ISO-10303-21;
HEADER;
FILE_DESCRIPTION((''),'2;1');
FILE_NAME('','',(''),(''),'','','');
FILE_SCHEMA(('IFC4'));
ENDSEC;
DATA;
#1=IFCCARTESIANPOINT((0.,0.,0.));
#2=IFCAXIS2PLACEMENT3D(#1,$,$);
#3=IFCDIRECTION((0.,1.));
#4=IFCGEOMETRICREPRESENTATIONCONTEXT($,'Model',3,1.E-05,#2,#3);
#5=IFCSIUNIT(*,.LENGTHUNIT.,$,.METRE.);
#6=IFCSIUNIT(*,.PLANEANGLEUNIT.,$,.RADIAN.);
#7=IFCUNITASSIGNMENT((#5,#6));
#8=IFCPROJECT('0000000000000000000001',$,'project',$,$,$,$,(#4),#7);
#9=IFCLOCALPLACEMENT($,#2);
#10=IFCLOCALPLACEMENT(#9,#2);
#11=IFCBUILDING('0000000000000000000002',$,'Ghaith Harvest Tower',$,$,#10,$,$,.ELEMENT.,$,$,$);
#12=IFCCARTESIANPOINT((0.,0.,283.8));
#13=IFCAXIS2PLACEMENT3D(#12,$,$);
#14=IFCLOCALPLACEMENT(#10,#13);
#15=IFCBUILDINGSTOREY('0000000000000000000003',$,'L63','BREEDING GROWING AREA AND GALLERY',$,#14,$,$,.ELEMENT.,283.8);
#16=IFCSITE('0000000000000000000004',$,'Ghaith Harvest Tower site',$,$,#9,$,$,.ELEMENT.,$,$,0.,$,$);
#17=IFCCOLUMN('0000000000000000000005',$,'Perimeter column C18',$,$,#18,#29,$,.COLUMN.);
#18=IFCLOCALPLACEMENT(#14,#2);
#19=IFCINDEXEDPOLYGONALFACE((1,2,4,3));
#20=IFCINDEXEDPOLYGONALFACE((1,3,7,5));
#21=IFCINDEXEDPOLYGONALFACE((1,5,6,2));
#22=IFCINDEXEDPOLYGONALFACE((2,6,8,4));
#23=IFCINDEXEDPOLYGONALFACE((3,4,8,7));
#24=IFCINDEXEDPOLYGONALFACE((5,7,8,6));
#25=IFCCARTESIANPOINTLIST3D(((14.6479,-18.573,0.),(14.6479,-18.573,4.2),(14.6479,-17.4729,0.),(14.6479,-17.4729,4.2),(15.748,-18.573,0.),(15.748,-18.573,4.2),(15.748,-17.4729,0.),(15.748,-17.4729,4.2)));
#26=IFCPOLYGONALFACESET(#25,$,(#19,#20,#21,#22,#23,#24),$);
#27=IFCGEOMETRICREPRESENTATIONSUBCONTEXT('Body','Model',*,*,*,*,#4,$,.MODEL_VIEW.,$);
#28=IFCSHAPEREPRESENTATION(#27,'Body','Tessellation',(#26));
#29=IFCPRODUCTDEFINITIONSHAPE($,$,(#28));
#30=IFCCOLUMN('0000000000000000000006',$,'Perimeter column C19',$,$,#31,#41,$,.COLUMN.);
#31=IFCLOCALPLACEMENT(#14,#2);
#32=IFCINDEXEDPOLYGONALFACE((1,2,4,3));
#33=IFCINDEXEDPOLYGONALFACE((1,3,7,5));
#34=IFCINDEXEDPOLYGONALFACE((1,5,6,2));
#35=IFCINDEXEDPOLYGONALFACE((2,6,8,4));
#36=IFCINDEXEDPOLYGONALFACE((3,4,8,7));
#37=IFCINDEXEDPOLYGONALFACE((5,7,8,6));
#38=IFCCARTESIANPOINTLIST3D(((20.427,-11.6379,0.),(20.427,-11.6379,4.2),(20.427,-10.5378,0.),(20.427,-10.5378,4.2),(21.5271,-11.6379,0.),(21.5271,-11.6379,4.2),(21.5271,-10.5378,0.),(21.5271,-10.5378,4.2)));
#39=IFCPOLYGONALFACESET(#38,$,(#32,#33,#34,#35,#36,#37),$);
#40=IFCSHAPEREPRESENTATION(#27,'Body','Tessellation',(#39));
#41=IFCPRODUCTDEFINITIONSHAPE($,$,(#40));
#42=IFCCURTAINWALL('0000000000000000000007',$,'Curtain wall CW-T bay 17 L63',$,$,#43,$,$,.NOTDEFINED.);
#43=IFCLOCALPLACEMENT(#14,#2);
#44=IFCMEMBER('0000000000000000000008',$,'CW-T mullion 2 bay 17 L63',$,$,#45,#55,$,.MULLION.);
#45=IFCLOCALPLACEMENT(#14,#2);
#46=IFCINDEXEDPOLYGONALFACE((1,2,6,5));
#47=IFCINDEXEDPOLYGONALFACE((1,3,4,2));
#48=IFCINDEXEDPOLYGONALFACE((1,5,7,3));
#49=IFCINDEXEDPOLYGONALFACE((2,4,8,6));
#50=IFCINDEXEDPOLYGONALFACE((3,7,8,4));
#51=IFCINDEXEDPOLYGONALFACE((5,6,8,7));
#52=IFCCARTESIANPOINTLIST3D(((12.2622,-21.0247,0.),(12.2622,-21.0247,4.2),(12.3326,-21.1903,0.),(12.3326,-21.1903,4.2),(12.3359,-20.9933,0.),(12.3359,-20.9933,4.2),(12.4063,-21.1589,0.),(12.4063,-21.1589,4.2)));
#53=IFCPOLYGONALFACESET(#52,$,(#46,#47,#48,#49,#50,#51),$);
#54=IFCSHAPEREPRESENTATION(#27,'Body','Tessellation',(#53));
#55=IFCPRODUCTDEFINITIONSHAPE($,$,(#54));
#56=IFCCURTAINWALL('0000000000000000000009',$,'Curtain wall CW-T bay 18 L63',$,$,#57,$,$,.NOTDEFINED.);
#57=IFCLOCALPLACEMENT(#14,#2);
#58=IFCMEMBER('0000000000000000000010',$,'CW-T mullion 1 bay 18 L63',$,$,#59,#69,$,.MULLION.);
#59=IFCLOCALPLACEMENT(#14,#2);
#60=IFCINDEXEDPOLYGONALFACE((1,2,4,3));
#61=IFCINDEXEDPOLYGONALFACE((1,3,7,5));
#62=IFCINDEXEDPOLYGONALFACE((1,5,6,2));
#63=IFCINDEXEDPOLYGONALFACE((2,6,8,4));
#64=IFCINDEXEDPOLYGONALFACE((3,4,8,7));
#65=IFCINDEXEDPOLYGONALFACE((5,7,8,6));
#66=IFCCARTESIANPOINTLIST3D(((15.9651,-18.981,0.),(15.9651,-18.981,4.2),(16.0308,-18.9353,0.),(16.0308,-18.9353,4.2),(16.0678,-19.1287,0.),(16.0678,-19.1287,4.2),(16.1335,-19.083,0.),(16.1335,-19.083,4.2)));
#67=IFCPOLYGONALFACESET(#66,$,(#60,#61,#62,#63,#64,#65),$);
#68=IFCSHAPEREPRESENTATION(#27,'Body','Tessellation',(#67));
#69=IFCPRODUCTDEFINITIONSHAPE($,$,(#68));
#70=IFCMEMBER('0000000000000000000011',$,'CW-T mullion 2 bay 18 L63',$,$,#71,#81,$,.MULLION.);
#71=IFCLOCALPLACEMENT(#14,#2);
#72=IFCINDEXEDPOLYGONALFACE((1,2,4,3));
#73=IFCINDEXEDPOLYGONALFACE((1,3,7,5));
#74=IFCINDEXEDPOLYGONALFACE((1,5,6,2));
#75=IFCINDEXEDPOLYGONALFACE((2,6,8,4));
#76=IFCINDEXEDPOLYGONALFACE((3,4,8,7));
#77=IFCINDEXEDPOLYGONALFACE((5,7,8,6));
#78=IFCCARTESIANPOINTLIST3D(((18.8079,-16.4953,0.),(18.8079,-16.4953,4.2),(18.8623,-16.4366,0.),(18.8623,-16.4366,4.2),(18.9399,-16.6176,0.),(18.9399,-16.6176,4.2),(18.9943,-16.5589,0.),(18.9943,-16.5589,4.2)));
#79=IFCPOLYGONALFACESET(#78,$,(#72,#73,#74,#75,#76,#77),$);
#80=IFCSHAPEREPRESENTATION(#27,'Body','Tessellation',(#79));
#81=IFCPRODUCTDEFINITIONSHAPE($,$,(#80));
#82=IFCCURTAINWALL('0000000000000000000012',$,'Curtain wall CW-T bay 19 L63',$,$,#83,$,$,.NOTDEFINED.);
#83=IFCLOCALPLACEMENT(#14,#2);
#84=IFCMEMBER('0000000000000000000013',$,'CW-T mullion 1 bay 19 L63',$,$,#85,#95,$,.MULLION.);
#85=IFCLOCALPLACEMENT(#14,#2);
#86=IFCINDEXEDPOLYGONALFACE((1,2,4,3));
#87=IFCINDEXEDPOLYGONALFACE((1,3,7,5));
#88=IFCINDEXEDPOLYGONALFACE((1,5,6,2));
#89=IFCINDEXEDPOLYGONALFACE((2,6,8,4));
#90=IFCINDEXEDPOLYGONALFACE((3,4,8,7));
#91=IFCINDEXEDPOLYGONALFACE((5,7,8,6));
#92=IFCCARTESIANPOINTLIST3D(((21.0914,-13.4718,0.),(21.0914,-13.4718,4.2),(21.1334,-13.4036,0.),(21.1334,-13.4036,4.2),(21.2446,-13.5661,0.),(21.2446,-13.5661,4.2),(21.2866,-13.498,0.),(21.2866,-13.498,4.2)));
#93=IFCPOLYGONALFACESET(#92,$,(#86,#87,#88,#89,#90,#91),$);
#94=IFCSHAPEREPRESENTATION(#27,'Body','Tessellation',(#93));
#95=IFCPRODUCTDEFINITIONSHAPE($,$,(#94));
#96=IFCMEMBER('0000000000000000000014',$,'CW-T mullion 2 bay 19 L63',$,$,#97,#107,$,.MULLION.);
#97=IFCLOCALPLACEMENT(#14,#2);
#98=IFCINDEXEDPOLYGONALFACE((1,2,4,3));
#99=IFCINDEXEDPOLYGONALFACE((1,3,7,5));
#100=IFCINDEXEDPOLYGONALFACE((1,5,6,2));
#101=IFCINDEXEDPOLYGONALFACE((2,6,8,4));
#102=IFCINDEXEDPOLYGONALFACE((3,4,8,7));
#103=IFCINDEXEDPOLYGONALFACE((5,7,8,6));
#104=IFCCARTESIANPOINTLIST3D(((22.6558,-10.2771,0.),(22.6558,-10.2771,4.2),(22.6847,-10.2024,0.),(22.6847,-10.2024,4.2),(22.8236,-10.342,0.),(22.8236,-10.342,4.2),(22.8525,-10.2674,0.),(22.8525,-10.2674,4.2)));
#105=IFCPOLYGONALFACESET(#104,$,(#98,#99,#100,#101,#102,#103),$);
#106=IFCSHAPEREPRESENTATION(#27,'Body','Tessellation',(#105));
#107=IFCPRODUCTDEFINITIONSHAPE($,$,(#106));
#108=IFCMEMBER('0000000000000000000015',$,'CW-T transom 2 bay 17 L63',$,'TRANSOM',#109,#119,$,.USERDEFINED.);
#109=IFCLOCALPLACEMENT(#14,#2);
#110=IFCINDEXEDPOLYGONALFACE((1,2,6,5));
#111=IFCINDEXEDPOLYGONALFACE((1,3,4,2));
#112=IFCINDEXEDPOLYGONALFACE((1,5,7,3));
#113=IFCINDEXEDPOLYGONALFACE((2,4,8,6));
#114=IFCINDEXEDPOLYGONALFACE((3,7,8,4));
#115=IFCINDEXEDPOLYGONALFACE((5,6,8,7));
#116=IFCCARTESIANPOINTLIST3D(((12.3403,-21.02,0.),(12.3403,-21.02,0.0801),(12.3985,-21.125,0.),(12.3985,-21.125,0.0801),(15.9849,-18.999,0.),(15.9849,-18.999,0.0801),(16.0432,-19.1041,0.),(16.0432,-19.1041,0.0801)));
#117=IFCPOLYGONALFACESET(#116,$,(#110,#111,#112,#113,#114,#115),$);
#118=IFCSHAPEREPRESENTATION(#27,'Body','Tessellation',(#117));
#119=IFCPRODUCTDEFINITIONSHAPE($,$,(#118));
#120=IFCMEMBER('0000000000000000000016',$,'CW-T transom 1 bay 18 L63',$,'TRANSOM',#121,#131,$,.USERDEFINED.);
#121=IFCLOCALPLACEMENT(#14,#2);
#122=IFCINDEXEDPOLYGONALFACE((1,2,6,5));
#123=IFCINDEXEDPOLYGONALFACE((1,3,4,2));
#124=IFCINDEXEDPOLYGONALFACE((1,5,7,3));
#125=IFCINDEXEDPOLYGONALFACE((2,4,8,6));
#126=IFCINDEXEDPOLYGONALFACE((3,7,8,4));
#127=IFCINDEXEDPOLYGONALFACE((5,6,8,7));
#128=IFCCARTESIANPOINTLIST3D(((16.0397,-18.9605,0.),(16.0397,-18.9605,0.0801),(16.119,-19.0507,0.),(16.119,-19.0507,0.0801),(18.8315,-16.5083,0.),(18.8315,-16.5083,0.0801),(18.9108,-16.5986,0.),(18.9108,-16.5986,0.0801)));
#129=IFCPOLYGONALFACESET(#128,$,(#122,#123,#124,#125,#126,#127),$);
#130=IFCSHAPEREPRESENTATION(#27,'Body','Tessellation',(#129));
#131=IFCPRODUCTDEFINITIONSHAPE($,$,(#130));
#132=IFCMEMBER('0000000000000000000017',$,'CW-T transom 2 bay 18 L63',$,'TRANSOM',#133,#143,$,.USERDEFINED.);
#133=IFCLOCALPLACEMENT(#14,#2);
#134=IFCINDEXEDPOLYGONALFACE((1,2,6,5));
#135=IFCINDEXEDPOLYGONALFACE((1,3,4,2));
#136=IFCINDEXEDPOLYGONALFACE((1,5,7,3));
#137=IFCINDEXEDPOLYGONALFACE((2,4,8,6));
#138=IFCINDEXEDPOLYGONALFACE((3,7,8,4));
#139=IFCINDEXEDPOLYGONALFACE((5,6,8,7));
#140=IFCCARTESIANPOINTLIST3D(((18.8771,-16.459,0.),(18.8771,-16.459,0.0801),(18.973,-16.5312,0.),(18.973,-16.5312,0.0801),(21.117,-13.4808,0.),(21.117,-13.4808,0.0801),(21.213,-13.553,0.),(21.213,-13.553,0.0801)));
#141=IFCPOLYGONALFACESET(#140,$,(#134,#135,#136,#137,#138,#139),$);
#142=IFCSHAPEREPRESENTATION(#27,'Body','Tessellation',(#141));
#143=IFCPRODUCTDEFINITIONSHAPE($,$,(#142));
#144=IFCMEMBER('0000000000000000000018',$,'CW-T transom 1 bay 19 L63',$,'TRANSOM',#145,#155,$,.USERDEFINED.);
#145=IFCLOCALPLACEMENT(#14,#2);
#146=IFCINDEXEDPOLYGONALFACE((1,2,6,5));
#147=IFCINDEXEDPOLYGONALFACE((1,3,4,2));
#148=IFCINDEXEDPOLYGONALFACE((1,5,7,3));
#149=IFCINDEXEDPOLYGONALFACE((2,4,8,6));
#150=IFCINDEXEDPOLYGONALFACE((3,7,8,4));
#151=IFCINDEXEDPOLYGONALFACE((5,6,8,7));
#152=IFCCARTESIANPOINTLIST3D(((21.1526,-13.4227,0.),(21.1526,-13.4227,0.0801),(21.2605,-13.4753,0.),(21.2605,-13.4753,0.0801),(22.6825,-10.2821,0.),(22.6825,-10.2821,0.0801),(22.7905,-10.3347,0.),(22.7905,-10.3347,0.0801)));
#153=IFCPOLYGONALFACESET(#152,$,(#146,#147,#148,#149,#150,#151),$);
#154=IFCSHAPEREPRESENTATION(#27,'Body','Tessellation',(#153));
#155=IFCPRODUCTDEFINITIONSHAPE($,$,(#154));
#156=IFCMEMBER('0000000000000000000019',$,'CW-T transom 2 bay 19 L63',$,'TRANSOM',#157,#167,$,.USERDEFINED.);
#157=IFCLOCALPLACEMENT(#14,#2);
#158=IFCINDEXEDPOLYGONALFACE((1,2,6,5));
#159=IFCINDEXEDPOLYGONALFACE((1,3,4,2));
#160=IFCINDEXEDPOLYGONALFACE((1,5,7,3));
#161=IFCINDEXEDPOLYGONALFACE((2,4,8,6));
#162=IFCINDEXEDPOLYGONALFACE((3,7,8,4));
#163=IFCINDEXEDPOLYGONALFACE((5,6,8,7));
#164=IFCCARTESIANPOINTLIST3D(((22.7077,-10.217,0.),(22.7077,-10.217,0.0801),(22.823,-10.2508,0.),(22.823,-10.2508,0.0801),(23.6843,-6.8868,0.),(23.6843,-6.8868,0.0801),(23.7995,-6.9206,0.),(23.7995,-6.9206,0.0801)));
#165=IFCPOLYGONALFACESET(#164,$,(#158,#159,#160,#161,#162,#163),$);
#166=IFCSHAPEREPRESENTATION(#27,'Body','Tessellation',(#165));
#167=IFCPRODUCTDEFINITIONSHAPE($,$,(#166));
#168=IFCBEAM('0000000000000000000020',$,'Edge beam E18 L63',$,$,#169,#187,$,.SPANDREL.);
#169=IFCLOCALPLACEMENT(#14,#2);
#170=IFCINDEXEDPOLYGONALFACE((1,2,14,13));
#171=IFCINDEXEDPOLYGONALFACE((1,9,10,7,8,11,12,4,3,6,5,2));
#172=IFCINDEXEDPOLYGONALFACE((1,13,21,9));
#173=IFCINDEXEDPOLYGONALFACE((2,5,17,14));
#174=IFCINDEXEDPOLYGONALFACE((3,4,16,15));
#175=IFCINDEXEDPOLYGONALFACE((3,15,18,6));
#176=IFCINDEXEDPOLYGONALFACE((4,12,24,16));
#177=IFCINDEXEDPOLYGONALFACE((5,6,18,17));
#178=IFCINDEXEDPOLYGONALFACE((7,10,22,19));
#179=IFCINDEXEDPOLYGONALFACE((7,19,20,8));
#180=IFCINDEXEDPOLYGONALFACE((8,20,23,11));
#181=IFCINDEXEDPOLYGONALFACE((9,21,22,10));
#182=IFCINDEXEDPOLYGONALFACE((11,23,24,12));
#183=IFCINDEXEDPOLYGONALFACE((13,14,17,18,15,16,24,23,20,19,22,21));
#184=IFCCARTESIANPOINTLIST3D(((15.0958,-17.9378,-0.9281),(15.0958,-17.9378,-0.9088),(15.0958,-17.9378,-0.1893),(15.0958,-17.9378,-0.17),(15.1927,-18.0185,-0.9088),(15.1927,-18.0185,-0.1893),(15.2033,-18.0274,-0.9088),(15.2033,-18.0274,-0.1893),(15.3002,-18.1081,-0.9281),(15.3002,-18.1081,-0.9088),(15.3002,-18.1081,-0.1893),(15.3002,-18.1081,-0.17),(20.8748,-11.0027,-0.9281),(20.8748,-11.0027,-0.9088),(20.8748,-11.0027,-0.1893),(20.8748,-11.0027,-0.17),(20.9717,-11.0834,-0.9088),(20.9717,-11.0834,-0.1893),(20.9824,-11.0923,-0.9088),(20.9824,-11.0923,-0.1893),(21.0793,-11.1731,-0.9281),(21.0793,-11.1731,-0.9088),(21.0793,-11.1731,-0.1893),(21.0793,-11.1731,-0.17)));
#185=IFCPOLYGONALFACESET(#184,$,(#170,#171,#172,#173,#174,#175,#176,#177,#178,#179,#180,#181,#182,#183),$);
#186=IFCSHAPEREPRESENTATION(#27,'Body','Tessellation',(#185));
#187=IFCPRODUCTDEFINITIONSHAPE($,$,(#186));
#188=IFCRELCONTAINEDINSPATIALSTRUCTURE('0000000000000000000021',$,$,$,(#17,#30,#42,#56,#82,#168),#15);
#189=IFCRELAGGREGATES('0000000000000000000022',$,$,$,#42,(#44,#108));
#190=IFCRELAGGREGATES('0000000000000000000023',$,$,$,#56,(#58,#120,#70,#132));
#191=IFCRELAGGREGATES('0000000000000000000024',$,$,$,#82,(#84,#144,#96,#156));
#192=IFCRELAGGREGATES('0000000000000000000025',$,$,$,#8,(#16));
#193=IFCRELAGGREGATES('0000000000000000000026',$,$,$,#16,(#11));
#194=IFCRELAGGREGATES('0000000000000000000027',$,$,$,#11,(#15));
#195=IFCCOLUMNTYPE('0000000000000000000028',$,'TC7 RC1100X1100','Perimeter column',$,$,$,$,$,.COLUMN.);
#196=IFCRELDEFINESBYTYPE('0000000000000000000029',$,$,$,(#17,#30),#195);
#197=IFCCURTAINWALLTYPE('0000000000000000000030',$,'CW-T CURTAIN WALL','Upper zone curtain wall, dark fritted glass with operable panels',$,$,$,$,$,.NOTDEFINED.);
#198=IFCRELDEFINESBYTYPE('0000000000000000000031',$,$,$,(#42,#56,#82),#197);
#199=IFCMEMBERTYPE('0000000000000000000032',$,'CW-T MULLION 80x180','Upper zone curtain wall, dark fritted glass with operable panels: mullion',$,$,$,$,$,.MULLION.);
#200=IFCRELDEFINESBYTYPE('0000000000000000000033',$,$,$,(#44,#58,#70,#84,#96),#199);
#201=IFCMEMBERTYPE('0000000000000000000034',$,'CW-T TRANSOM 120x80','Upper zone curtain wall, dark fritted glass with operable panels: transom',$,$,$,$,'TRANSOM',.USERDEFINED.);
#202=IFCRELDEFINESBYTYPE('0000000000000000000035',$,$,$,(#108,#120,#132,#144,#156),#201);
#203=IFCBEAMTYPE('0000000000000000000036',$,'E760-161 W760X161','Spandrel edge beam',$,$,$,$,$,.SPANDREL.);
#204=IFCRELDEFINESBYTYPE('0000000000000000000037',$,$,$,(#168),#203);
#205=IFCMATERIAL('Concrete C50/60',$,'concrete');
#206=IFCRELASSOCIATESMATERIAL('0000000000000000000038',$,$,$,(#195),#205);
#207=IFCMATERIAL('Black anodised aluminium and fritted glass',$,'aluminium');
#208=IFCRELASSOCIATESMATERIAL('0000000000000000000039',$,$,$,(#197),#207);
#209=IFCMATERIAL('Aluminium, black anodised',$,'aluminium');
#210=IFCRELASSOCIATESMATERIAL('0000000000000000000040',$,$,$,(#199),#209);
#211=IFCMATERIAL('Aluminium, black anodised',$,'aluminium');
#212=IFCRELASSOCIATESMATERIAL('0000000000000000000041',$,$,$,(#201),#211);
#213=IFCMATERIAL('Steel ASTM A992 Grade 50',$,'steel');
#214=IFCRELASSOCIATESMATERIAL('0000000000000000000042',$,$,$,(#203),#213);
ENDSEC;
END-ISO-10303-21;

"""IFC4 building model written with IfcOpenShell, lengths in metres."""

from ifc_helpers import new_model, si_unit, direction, frame, origin, origin_2d, place, context, subcontext, project, spatial, rectangle, i_section, extrude, material, material_profile, profile_set, type_object, element, aggregate, save


model = new_model("IFC4")

# Units and contexts
model_context = context("Model", 3, precision=1e-05, world=origin(), true_north=direction((0.0, 1.0)))
body_context = subcontext(model_context, "Body", "Model", "MODEL_VIEW")
ifc_project = project(units=[si_unit("LENGTHUNIT", "METRE"), si_unit("PLANEANGLEUNIT", "RADIAN")], contexts=[model_context])

# Site, building, storey
site_placement = place(None, origin())
site = spatial("IfcSite", under=ifc_project, at=site_placement, Name="Ghaith Harvest Tower site", CompositionType="ELEMENT", RefElevation=0.0)
building_placement = place(site_placement, origin())
building = spatial("IfcBuilding", under=site, at=building_placement, Name="Ghaith Harvest Tower", CompositionType="ELEMENT")
storey_placement = place(building_placement, frame((0.0, 0.0, 283.8)))
storey = spatial("IfcBuildingStorey", under=building, at=storey_placement, Name="L63", Description="BREEDING GROWING AREA AND GALLERY", CompositionType="ELEMENT", Elevation=283.8)

# Columns
ifc_material_1 = material(Name="Concrete C50/60", Category="concrete")
ifc_material_profile_1 = material_profile(ifc_material_1, rectangle(XDim=1.1001, YDim=1.1001, at=origin_2d()), Name="RC1100X1100")
ifc_profile_set_1 = profile_set([ifc_material_profile_1], Name="Concrete C50/60")
column_type = type_object("IfcColumnType", Name="TC7 RC1100X1100", Description="Perimeter column", PredefinedType="COLUMN", material=ifc_profile_set_1)
for number, where, z_axis, x_axis, name in (
    (1, (15.198, -18.0229, 0.0), (0.0, 0.0, 1.0), (1.0, 0.0, 0.0), "Perimeter column C18"),
    (2, (20.9771, -11.0879, 0.0), (0.0, 0.0, 1.0), (1.0, 0.0, 0.0), "Perimeter column C19"),
):
    element("IfcColumn", number, at=place(storey_placement, frame(where, z_axis=z_axis, x_axis=x_axis)), inside=storey, type_object=column_type, Name=name, PredefinedType="COLUMN", context=body_context, shape_type="SweptSolid", body=[
        extrude(rectangle(XDim=1.1001, YDim=1.1001, at=origin_2d()), origin(), (0.0, 0.0, 1.0), 4.2),
    ])

# Curtain wall, member
ifc_material_2 = material(Name="Black anodised aluminium and fritted glass", Category="aluminium")
curtain_wall_type = type_object("IfcCurtainWallType", Name="CW-T CURTAIN WALL", Description="Upper zone curtain wall, dark fritted glass with operable panels", PredefinedType="NOTDEFINED", material=ifc_material_2)
curtain_wall_1_placement = place(storey_placement, origin())
curtain_wall_1 = element("IfcCurtainWall", 3, at=curtain_wall_1_placement, inside=storey, type_object=curtain_wall_type, Name="Curtain wall CW-T bay 17 L63", PredefinedType="NOTDEFINED")
ifc_material_3 = material(Name="Aluminium, black anodised", Category="aluminium")
ifc_material_profile_2 = material_profile(ifc_material_3, rectangle(XDim=0.0801, YDim=0.1799, at=origin_2d()), Name="CW-T MULLION 80x180")
ifc_profile_set_2 = profile_set([ifc_material_profile_2], Name="Aluminium, black anodised")
member_type_1 = type_object("IfcMemberType", Name="CW-T MULLION 80x180", Description="Upper zone curtain wall, dark fritted glass with operable panels: mullion", PredefinedType="MULLION", material=ifc_profile_set_2)
member_1_placement = place(storey_placement, frame((12.3342, -21.0918, 0.0), z_axis=(0.0, 0.0, 1.0), x_axis=(0.920319, 0.391168, 0.0)))
member_1 = element("IfcMember", 4, at=member_1_placement, type_object=member_type_1, Name="CW-T mullion 2 bay 17 L63", PredefinedType="MULLION", context=body_context, shape_type="SweptSolid", body=[
    extrude(rectangle(XDim=0.0801, YDim=0.1799, at=origin_2d()), origin(), (0.0, 0.0, 1.0), 4.2),
])

# Curtain walls, members
curtain_wall_2_placement = place(storey_placement, origin())
curtain_wall_2 = element("IfcCurtainWall", 5, at=curtain_wall_2_placement, inside=storey, type_object=curtain_wall_type, Name="Curtain wall CW-T bay 18 L63", PredefinedType="NOTDEFINED")
member_2_placement = place(storey_placement, frame((16.0493, -19.032, 0.0), z_axis=(0.0, 0.0, 1.0), x_axis=(0.821112, 0.570767, 0.0)))
member_2 = element("IfcMember", 6, at=member_2_placement, type_object=member_type_1, Name="CW-T mullion 1 bay 18 L63", PredefinedType="MULLION", context=body_context, shape_type="SweptSolid", body=[
    extrude(rectangle(XDim=0.0801, YDim=0.1799, at=origin_2d()), origin(), (0.0, 0.0, 1.0), 4.2),
])
member_3_placement = place(storey_placement, frame((18.9011, -16.5271, 0.0), z_axis=(0.0, 0.0, 1.0), x_axis=(0.679661, 0.733526, 0.0)))
member_3 = element("IfcMember", 7, at=member_3_placement, type_object=member_type_1, Name="CW-T mullion 2 bay 18 L63", PredefinedType="MULLION", context=body_context, shape_type="SweptSolid", body=[
    extrude(rectangle(XDim=0.0801, YDim=0.1799, at=origin_2d()), origin(), (0.0, 0.0, 1.0), 4.2),
])
curtain_wall_3_placement = place(storey_placement, origin())
curtain_wall_3 = element("IfcCurtainWall", 8, at=curtain_wall_3_placement, inside=storey, type_object=curtain_wall_type, Name="Curtain wall CW-T bay 19 L63", PredefinedType="NOTDEFINED")
member_4_placement = place(storey_placement, frame((21.189, -13.4849, 0.0), z_axis=(0.0, 0.0, 1.0), x_axis=(0.524482, 0.851421, 0.0)))
member_4 = element("IfcMember", 9, at=member_4_placement, type_object=member_type_1, Name="CW-T mullion 1 bay 19 L63", PredefinedType="MULLION", context=body_context, shape_type="SweptSolid", body=[
    extrude(rectangle(XDim=0.0801, YDim=0.1799, at=origin_2d()), origin(), (0.0, 0.0, 1.0), 4.2),
])
member_5_placement = place(storey_placement, frame((22.7542, -10.2722, 0.0), z_axis=(0.0, 0.0, 1.0), x_axis=(0.361184, 0.932494, 0.0)))
member_5 = element("IfcMember", 10, at=member_5_placement, type_object=member_type_1, Name="CW-T mullion 2 bay 19 L63", PredefinedType="MULLION", context=body_context, shape_type="SweptSolid", body=[
    extrude(rectangle(XDim=0.0801, YDim=0.1799, at=origin_2d()), origin(), (0.0, 0.0, 1.0), 4.2),
])

# Members
ifc_material_4 = material(Name="Aluminium, black anodised", Category="aluminium")
ifc_material_profile_3 = material_profile(ifc_material_4, rectangle(XDim=0.1201, YDim=0.0801, at=origin_2d()), Name="CW-T TRANSOM 120x80")
ifc_profile_set_3 = profile_set([ifc_material_profile_3], Name="Aluminium, black anodised")
member_type_2 = type_object("IfcMemberType", Name="CW-T TRANSOM 120x80", Description="Upper zone curtain wall, dark fritted glass with operable panels: transom", ElementType="TRANSOM", PredefinedType="USERDEFINED", material=ifc_profile_set_3)
member_6_placement = place(storey_placement, frame((12.3694, -21.0725, 0.04), z_axis=(0.874552, 0.484932, 0.0), x_axis=(-0.484932, 0.874552, 0.0)))
member_6 = element("IfcMember", 11, at=member_6_placement, type_object=member_type_2, Name="CW-T transom 2 bay 17 L63", ObjectType="TRANSOM", PredefinedType="USERDEFINED", context=body_context, shape_type="SweptSolid", body=[
    extrude(rectangle(XDim=0.1201, YDim=0.0801, at=origin_2d()), origin(), (0.0, 0.0, 1.0), 4.1675),
])
member_7_placement = place(storey_placement, frame((16.0793, -19.0056, 0.04), z_axis=(0.751326, 0.659931, 0.0), x_axis=(-0.659931, 0.751326, 0.0)))
member_7 = element("IfcMember", 12, at=member_7_placement, type_object=member_type_2, Name="CW-T transom 1 bay 18 L63", ObjectType="TRANSOM", PredefinedType="USERDEFINED", context=body_context, shape_type="SweptSolid", body=[
    extrude(rectangle(XDim=0.1201, YDim=0.0801, at=origin_2d()), origin(), (0.0, 0.0, 1.0), 3.7158),
])
member_8_placement = place(storey_placement, frame((18.925, -16.4951, 0.04), z_axis=(0.601079, 0.79919, 0.0), x_axis=(-0.79919, 0.601079, 0.0)))
member_8 = element("IfcMember", 13, at=member_8_placement, type_object=member_type_2, Name="CW-T transom 2 bay 18 L63", ObjectType="TRANSOM", PredefinedType="USERDEFINED", context=body_context, shape_type="SweptSolid", body=[
    extrude(rectangle(XDim=0.1201, YDim=0.0801, at=origin_2d()), origin(), (0.0, 0.0, 1.0), 3.7266),
])
member_9_placement = place(storey_placement, frame((21.2065, -13.449, 0.04), z_axis=(0.437965, 0.898992, 0.0), x_axis=(-0.898992, 0.437965, 0.0)))
member_9 = element("IfcMember", 14, at=member_9_placement, type_object=member_type_2, Name="CW-T transom 1 bay 19 L63", ObjectType="TRANSOM", PredefinedType="USERDEFINED", context=body_context, shape_type="SweptSolid", body=[
    extrude(rectangle(XDim=0.1201, YDim=0.0801, at=origin_2d()), origin(), (0.0, 0.0, 1.0), 3.4934),
])
member_10_placement = place(storey_placement, frame((22.7654, -10.2339, 0.04), z_axis=(0.281385, 0.959595, 0.0), x_axis=(-0.959595, 0.281385, 0.0)))
member_10 = element("IfcMember", 15, at=member_10_placement, type_object=member_type_2, Name="CW-T transom 2 bay 19 L63", ObjectType="TRANSOM", PredefinedType="USERDEFINED", context=body_context, shape_type="SweptSolid", body=[
    extrude(rectangle(XDim=0.1201, YDim=0.0801, at=origin_2d()), origin(), (0.0, 0.0, 1.0), 3.4705),
])

# Beam
ifc_material_5 = material(Name="Steel ASTM A992 Grade 50", Category="steel")
ifc_material_profile_4 = material_profile(ifc_material_5, i_section(OverallWidth=0.2661, OverallDepth=0.7581, WebThickness=0.0139, FlangeThickness=0.0193, at=origin_2d()), Name="W760X161")
ifc_profile_set_4 = profile_set([ifc_material_profile_4], Name="Steel ASTM A992 Grade 50")
beam_type_1 = type_object("IfcBeamType", Name="E760-161 W760X161", Description="Spandrel edge beam", PredefinedType="SPANDREL", material=ifc_profile_set_4)
beam_1_placement = place(storey_placement, frame((15.198, -18.0229, -0.5491), z_axis=(0.640174, 0.76823, 0.0), x_axis=(-0.76823, 0.640174, 0.0)))
element("IfcBeam", 16, at=beam_1_placement, inside=storey, type_object=beam_type_1, Name="Edge beam E18 L63", PredefinedType="SPANDREL", context=body_context, shape_type="SweptSolid", body=[
    extrude(i_section(OverallWidth=0.2661, OverallDepth=0.7581, WebThickness=0.0139, FlangeThickness=0.0193, at=origin_2d()), origin(), (0.0, 0.0, 1.0), 9.0273),
])

aggregate(curtain_wall_1, [member_1, member_6])
aggregate(curtain_wall_2, [member_2, member_7, member_3, member_8])
aggregate(curtain_wall_3, [member_4, member_9, member_5, member_10])

save(model, "model.ifc")
